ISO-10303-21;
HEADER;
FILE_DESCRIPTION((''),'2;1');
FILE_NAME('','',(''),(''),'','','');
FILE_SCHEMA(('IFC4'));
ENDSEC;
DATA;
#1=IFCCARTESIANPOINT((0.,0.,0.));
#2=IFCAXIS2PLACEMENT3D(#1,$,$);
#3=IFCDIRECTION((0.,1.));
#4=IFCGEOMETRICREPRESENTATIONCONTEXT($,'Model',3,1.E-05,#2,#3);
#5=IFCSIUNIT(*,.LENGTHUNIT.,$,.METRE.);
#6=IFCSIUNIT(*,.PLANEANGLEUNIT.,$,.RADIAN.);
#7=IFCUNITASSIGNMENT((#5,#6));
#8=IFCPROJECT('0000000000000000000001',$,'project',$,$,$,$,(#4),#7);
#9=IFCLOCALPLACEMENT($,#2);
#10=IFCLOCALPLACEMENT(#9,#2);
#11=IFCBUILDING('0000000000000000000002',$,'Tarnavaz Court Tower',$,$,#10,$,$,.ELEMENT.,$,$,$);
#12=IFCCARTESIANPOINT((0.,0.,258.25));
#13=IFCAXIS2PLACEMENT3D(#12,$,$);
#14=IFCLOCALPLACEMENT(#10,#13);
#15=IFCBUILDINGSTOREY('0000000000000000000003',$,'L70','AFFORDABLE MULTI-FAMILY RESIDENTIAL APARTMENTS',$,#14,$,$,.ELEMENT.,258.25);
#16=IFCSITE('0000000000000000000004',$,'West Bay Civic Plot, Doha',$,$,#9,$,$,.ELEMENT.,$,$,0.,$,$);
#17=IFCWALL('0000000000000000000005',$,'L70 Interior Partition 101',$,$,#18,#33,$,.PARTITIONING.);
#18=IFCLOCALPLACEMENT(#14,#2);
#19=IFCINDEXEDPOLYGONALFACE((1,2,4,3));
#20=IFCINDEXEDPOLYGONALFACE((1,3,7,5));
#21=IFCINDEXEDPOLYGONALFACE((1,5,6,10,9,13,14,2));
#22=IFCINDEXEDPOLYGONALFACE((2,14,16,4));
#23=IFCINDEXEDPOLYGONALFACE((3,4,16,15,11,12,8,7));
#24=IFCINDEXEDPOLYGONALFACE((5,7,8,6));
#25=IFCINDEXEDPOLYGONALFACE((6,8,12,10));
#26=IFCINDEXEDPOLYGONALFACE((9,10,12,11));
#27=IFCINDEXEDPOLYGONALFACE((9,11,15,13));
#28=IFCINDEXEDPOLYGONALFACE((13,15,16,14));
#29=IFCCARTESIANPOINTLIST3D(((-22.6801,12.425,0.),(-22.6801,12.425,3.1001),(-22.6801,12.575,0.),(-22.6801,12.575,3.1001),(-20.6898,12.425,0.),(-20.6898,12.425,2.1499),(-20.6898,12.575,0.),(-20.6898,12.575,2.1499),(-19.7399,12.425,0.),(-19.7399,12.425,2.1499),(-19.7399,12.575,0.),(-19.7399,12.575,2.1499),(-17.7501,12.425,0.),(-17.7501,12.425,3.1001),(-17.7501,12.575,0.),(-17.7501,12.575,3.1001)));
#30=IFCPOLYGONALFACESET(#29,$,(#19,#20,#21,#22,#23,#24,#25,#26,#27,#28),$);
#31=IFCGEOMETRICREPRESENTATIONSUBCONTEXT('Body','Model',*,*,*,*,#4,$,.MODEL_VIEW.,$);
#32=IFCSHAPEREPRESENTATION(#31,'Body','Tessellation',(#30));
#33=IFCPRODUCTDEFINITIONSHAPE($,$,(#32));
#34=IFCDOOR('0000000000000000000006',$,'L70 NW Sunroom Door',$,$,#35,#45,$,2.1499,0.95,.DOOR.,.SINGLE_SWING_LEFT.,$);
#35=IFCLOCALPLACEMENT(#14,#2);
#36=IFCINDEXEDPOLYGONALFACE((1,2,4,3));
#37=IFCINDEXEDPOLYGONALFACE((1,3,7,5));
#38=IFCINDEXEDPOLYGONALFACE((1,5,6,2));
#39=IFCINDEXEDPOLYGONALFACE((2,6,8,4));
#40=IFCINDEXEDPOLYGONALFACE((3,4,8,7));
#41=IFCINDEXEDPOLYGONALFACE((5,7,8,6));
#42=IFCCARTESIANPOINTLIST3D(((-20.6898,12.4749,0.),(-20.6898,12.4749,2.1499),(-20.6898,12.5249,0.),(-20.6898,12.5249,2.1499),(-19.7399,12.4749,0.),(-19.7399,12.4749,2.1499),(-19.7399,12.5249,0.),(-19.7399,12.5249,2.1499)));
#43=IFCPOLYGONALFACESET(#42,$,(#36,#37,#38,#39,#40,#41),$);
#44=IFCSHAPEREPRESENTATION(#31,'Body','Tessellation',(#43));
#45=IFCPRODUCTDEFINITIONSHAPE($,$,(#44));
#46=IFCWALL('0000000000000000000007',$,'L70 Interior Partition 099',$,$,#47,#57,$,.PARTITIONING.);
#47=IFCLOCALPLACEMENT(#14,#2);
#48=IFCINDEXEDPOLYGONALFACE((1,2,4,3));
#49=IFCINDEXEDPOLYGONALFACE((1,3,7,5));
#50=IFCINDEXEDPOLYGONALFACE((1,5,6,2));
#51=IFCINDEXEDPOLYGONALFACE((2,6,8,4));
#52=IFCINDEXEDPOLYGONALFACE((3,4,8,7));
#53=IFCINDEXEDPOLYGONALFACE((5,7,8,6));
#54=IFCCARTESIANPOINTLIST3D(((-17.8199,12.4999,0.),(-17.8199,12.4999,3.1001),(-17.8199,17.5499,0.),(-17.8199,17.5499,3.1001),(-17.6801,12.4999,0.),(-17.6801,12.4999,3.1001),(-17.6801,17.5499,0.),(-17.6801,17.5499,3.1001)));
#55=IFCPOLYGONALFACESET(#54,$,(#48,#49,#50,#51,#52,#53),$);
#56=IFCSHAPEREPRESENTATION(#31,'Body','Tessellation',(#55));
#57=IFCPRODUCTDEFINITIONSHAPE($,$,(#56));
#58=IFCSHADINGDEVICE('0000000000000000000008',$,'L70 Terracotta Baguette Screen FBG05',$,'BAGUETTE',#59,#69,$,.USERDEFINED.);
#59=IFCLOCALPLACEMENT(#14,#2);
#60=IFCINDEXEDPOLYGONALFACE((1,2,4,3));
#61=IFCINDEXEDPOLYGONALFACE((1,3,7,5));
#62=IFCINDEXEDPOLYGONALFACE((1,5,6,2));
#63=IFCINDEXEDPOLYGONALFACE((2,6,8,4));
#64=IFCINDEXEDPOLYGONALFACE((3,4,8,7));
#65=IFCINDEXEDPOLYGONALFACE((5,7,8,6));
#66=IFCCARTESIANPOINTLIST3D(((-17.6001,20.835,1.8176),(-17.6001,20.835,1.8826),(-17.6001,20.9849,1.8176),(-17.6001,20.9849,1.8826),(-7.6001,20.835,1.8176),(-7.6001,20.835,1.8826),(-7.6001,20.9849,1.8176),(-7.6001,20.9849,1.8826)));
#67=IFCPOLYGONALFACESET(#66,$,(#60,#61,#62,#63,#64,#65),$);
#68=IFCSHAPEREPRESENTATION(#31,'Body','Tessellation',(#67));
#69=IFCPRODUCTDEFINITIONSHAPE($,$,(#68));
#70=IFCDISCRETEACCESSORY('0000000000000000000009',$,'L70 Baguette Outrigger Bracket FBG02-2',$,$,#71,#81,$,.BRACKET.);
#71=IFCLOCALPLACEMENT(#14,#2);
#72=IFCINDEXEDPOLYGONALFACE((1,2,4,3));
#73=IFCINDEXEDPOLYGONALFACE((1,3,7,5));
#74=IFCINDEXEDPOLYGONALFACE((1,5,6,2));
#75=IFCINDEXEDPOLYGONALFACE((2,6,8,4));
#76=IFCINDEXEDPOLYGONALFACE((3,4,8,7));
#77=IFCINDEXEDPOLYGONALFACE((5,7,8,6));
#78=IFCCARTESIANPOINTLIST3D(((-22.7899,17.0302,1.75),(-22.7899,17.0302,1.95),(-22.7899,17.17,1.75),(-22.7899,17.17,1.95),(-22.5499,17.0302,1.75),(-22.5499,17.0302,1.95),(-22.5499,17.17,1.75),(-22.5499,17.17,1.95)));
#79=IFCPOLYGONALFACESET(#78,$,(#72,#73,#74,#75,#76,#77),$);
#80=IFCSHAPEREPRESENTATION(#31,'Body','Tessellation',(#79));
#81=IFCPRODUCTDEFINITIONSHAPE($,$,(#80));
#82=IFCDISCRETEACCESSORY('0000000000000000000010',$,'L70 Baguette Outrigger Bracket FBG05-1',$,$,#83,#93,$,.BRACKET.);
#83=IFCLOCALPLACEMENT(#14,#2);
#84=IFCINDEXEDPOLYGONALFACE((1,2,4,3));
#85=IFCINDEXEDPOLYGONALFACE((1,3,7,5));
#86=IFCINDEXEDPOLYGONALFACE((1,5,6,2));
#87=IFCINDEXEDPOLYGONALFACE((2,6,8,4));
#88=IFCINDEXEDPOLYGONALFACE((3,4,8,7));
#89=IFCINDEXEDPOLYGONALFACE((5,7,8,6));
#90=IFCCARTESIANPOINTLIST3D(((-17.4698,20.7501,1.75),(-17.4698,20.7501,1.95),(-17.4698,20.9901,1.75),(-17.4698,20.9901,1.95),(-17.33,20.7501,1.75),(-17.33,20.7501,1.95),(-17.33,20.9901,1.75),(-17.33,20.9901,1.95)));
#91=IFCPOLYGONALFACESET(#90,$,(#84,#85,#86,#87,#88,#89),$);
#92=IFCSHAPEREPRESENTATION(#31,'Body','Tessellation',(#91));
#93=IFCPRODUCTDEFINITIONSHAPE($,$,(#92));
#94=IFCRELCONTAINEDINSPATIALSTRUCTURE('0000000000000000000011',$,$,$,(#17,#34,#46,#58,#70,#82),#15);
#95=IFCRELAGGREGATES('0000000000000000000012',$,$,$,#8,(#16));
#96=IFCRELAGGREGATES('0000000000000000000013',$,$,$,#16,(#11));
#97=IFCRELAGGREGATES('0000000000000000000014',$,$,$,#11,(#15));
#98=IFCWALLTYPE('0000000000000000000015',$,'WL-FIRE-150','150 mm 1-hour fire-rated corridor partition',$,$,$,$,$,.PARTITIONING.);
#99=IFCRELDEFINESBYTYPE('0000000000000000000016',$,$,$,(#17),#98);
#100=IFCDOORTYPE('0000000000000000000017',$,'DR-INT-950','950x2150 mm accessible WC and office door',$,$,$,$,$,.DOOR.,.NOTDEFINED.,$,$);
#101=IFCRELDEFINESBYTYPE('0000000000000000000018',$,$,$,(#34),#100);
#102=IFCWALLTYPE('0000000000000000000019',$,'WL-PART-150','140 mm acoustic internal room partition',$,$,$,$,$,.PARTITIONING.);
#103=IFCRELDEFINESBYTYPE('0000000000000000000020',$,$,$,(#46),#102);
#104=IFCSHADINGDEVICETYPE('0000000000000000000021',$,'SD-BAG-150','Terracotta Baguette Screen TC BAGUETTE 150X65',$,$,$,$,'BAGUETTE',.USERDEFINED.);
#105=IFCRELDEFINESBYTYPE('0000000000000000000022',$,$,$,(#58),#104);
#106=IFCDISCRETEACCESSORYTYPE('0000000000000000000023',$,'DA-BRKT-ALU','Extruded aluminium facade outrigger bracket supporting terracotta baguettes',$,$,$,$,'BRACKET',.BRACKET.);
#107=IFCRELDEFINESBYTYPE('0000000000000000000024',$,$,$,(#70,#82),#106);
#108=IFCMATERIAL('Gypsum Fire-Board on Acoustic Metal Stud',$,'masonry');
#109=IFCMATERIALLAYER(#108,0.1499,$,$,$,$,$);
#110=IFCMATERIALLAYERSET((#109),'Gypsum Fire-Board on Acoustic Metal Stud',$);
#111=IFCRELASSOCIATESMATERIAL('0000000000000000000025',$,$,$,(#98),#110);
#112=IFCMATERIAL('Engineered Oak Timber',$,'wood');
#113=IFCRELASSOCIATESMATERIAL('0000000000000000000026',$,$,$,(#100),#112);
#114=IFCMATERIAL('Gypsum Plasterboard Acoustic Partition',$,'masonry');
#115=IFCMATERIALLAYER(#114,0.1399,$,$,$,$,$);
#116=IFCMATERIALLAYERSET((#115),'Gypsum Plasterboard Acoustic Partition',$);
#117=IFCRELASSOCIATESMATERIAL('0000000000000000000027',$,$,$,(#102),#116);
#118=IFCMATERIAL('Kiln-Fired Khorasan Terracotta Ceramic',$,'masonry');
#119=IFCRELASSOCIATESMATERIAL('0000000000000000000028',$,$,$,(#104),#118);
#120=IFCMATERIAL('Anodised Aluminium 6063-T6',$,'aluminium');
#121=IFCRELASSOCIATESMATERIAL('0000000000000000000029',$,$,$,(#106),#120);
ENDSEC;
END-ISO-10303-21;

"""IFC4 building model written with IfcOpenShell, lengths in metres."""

from ifc_helpers import new_model, si_unit, direction, frame, frame_2d, origin, origin_2d, place, context, subcontext, project, spatial, rectangle, extrude, material, layer, layer_set, material_profile, profile_set, type_object, element, fill, save


model = new_model("IFC4")

# Units and contexts
model_context = context("Model", 3, precision=1e-05, world=origin(), true_north=direction((0.0, 1.0)))
body_context = subcontext(model_context, "Body", "Model", "MODEL_VIEW")
ifc_project = project(units=[si_unit("LENGTHUNIT", "METRE"), si_unit("PLANEANGLEUNIT", "RADIAN")], contexts=[model_context])

# Site, building, storey
site_placement = place(None, origin())
site = spatial("IfcSite", under=ifc_project, at=site_placement, Name="West Bay Civic Plot, Doha", CompositionType="ELEMENT", RefElevation=0.0)
building_placement = place(site_placement, origin())
building = spatial("IfcBuilding", under=site, at=building_placement, Name="Tarnavaz Court Tower", CompositionType="ELEMENT")
storey_placement = place(building_placement, frame((0.0, 0.0, 258.25)))
storey = spatial("IfcBuildingStorey", under=building, at=storey_placement, Name="L70", Description="AFFORDABLE MULTI-FAMILY RESIDENTIAL APARTMENTS", CompositionType="ELEMENT", Elevation=258.25)

# Shared definitions
ifc_material_1 = material(Name="Gypsum Fire-Board on Acoustic Metal Stud", Category="masonry")
ifc_layer_1 = layer(ifc_material_1, 0.1499)
ifc_layer_set_1 = layer_set([ifc_layer_1], Name="Gypsum Fire-Board on Acoustic Metal Stud")
wall_type_1 = type_object("IfcWallType", Name="WL-FIRE-150", Description="150 mm 1-hour fire-rated corridor partition", PredefinedType="PARTITIONING", material=ifc_layer_set_1)
ifc_material_2 = material(Name="Engineered Oak Timber", Category="wood")
door_type = type_object("IfcDoorType", Name="DR-INT-950", Description="950x2150 mm accessible WC and office door", OperationType="NOTDEFINED", PredefinedType="DOOR", material=ifc_material_2)

# Wall, opening, door
wall_1_placement = place(storey_placement, frame((-22.6799, 12.5, 0.0), z_axis=(0.0, 0.0, 1.0), x_axis=(1.0, 0.0, 0.0)))
wall_1 = element("IfcWall", 1, at=wall_1_placement, inside=storey, type_object=wall_type_1, Name="L70 Interior Partition 101", PredefinedType="PARTITIONING", context=body_context, shape_type="SweptSolid", body=[
    extrude(rectangle(XDim=4.9299, YDim=0.1499, at=frame_2d((2.4648, 0.0))), origin(), (0.0, 0.0, 1.0), 3.1001),
])
opening_1_placement = place(wall_1_placement, frame((1.99, 0.0, 0.0)))
opening_1 = element("IfcOpeningElement", 2, at=opening_1_placement, cuts=wall_1, PredefinedType="OPENING", context=body_context, shape_type="SweptSolid", body=[
    extrude(rectangle(XDim=0.95, YDim=2.1499, at=frame_2d((0.4751, 1.075))), frame((0.0, 0.085, 0.0), z_axis=(0.0, -1.0, 0.0), x_axis=(1.0, 0.0, 0.0)), (0.0, 0.0, 1.0), 0.1699),
])
door_1_placement = place(opening_1_placement, origin())
door_1 = element("IfcDoor", 3, at=door_1_placement, inside=storey, type_object=door_type, Name="L70 NW Sunroom Door", OperationType="SINGLE_SWING_LEFT", OverallHeight=2.1499, OverallWidth=0.95, PredefinedType="DOOR", context=body_context, shape_type="SweptSolid", body=[
    extrude(rectangle(XDim=0.95, YDim=2.1499, at=frame_2d((0.4751, 1.075))), frame((0.0, 0.0249, 0.0), z_axis=(0.0, -1.0, 0.0), x_axis=(1.0, 0.0, 0.0)), (0.0, 0.0, 1.0), 0.05),
])
fill(opening_1, door_1)

# Wall
ifc_material_3 = material(Name="Gypsum Plasterboard Acoustic Partition", Category="masonry")
ifc_layer_2 = layer(ifc_material_3, 0.1399)
ifc_layer_set_2 = layer_set([ifc_layer_2], Name="Gypsum Plasterboard Acoustic Partition")
wall_type_2 = type_object("IfcWallType", Name="WL-PART-150", Description="140 mm acoustic internal room partition", PredefinedType="PARTITIONING", material=ifc_layer_set_2)
wall_2_placement = place(storey_placement, frame((-17.75, 12.5, 0.0), z_axis=(0.0, 0.0, 1.0), x_axis=(0.0, 1.0, 0.0)))
element("IfcWall", 4, at=wall_2_placement, inside=storey, type_object=wall_type_2, Name="L70 Interior Partition 099", PredefinedType="PARTITIONING", context=body_context, shape_type="SweptSolid", body=[
    extrude(rectangle(XDim=5.05, YDim=0.1399, at=frame_2d((2.5249, 0.0))), origin(), (0.0, 0.0, 1.0), 3.1001),
])

# Shading device
ifc_material_4 = material(Name="Kiln-Fired Khorasan Terracotta Ceramic", Category="masonry")
ifc_material_profile_1 = material_profile(ifc_material_4, rectangle(XDim=0.1499, YDim=0.0649, at=origin_2d()), Name="TC BAGUETTE 150X65")
ifc_profile_set_1 = profile_set([ifc_material_profile_1], Name="Kiln-Fired Khorasan Terracotta Ceramic")
shading_device_type = type_object("IfcShadingDeviceType", Name="SD-BAG-150", Description="Terracotta Baguette Screen TC BAGUETTE 150X65", ElementType="BAGUETTE", PredefinedType="USERDEFINED", material=ifc_profile_set_1)
shading_device_placement = place(storey_placement, frame((-17.6001, 20.9099, 1.8501), z_axis=(1.0, 0.0, 0.0), x_axis=(0.0, 1.0, 0.0)))
element("IfcShadingDevice", 5, at=shading_device_placement, inside=storey, type_object=shading_device_type, Name="L70 Terracotta Baguette Screen FBG05", ObjectType="BAGUETTE", PredefinedType="USERDEFINED", context=body_context, shape_type="SweptSolid", body=[
    extrude(rectangle(XDim=0.1499, YDim=0.0649, at=origin_2d()), origin(), (0.0, 0.0, 1.0), 10.0),
])

# Discrete accessories
ifc_material_5 = material(Name="Anodised Aluminium 6063-T6", Category="aluminium")
discrete_accessory_type = type_object("IfcDiscreteAccessoryType", Name="DA-BRKT-ALU", Description="Extruded aluminium facade outrigger bracket supporting terracotta baguettes", ElementType="BRACKET", PredefinedType="BRACKET", material=ifc_material_5)
for number, where, z_axis, x_axis, name in (
    (6, (-22.6699, 17.1001, 1.75), (0.0, 0.0, 1.0), (0.0, 1.0, 0.0), "L70 Baguette Outrigger Bracket FBG02-2"),
    (7, (-17.3999, 20.8701, 1.75), (0.0, 0.0, 1.0), (1.0, 0.0, 0.0), "L70 Baguette Outrigger Bracket FBG05-1"),
):
    element("IfcDiscreteAccessory", number, at=place(storey_placement, frame(where, z_axis=z_axis, x_axis=x_axis)), inside=storey, type_object=discrete_accessory_type, Name=name, PredefinedType="BRACKET", context=body_context, shape_type="SweptSolid", body=[
        extrude(rectangle(XDim=0.1399, YDim=0.24, at=origin_2d()), origin(), (0.0, 0.0, 1.0), 0.2),
    ])

save(model, "model.ifc")
